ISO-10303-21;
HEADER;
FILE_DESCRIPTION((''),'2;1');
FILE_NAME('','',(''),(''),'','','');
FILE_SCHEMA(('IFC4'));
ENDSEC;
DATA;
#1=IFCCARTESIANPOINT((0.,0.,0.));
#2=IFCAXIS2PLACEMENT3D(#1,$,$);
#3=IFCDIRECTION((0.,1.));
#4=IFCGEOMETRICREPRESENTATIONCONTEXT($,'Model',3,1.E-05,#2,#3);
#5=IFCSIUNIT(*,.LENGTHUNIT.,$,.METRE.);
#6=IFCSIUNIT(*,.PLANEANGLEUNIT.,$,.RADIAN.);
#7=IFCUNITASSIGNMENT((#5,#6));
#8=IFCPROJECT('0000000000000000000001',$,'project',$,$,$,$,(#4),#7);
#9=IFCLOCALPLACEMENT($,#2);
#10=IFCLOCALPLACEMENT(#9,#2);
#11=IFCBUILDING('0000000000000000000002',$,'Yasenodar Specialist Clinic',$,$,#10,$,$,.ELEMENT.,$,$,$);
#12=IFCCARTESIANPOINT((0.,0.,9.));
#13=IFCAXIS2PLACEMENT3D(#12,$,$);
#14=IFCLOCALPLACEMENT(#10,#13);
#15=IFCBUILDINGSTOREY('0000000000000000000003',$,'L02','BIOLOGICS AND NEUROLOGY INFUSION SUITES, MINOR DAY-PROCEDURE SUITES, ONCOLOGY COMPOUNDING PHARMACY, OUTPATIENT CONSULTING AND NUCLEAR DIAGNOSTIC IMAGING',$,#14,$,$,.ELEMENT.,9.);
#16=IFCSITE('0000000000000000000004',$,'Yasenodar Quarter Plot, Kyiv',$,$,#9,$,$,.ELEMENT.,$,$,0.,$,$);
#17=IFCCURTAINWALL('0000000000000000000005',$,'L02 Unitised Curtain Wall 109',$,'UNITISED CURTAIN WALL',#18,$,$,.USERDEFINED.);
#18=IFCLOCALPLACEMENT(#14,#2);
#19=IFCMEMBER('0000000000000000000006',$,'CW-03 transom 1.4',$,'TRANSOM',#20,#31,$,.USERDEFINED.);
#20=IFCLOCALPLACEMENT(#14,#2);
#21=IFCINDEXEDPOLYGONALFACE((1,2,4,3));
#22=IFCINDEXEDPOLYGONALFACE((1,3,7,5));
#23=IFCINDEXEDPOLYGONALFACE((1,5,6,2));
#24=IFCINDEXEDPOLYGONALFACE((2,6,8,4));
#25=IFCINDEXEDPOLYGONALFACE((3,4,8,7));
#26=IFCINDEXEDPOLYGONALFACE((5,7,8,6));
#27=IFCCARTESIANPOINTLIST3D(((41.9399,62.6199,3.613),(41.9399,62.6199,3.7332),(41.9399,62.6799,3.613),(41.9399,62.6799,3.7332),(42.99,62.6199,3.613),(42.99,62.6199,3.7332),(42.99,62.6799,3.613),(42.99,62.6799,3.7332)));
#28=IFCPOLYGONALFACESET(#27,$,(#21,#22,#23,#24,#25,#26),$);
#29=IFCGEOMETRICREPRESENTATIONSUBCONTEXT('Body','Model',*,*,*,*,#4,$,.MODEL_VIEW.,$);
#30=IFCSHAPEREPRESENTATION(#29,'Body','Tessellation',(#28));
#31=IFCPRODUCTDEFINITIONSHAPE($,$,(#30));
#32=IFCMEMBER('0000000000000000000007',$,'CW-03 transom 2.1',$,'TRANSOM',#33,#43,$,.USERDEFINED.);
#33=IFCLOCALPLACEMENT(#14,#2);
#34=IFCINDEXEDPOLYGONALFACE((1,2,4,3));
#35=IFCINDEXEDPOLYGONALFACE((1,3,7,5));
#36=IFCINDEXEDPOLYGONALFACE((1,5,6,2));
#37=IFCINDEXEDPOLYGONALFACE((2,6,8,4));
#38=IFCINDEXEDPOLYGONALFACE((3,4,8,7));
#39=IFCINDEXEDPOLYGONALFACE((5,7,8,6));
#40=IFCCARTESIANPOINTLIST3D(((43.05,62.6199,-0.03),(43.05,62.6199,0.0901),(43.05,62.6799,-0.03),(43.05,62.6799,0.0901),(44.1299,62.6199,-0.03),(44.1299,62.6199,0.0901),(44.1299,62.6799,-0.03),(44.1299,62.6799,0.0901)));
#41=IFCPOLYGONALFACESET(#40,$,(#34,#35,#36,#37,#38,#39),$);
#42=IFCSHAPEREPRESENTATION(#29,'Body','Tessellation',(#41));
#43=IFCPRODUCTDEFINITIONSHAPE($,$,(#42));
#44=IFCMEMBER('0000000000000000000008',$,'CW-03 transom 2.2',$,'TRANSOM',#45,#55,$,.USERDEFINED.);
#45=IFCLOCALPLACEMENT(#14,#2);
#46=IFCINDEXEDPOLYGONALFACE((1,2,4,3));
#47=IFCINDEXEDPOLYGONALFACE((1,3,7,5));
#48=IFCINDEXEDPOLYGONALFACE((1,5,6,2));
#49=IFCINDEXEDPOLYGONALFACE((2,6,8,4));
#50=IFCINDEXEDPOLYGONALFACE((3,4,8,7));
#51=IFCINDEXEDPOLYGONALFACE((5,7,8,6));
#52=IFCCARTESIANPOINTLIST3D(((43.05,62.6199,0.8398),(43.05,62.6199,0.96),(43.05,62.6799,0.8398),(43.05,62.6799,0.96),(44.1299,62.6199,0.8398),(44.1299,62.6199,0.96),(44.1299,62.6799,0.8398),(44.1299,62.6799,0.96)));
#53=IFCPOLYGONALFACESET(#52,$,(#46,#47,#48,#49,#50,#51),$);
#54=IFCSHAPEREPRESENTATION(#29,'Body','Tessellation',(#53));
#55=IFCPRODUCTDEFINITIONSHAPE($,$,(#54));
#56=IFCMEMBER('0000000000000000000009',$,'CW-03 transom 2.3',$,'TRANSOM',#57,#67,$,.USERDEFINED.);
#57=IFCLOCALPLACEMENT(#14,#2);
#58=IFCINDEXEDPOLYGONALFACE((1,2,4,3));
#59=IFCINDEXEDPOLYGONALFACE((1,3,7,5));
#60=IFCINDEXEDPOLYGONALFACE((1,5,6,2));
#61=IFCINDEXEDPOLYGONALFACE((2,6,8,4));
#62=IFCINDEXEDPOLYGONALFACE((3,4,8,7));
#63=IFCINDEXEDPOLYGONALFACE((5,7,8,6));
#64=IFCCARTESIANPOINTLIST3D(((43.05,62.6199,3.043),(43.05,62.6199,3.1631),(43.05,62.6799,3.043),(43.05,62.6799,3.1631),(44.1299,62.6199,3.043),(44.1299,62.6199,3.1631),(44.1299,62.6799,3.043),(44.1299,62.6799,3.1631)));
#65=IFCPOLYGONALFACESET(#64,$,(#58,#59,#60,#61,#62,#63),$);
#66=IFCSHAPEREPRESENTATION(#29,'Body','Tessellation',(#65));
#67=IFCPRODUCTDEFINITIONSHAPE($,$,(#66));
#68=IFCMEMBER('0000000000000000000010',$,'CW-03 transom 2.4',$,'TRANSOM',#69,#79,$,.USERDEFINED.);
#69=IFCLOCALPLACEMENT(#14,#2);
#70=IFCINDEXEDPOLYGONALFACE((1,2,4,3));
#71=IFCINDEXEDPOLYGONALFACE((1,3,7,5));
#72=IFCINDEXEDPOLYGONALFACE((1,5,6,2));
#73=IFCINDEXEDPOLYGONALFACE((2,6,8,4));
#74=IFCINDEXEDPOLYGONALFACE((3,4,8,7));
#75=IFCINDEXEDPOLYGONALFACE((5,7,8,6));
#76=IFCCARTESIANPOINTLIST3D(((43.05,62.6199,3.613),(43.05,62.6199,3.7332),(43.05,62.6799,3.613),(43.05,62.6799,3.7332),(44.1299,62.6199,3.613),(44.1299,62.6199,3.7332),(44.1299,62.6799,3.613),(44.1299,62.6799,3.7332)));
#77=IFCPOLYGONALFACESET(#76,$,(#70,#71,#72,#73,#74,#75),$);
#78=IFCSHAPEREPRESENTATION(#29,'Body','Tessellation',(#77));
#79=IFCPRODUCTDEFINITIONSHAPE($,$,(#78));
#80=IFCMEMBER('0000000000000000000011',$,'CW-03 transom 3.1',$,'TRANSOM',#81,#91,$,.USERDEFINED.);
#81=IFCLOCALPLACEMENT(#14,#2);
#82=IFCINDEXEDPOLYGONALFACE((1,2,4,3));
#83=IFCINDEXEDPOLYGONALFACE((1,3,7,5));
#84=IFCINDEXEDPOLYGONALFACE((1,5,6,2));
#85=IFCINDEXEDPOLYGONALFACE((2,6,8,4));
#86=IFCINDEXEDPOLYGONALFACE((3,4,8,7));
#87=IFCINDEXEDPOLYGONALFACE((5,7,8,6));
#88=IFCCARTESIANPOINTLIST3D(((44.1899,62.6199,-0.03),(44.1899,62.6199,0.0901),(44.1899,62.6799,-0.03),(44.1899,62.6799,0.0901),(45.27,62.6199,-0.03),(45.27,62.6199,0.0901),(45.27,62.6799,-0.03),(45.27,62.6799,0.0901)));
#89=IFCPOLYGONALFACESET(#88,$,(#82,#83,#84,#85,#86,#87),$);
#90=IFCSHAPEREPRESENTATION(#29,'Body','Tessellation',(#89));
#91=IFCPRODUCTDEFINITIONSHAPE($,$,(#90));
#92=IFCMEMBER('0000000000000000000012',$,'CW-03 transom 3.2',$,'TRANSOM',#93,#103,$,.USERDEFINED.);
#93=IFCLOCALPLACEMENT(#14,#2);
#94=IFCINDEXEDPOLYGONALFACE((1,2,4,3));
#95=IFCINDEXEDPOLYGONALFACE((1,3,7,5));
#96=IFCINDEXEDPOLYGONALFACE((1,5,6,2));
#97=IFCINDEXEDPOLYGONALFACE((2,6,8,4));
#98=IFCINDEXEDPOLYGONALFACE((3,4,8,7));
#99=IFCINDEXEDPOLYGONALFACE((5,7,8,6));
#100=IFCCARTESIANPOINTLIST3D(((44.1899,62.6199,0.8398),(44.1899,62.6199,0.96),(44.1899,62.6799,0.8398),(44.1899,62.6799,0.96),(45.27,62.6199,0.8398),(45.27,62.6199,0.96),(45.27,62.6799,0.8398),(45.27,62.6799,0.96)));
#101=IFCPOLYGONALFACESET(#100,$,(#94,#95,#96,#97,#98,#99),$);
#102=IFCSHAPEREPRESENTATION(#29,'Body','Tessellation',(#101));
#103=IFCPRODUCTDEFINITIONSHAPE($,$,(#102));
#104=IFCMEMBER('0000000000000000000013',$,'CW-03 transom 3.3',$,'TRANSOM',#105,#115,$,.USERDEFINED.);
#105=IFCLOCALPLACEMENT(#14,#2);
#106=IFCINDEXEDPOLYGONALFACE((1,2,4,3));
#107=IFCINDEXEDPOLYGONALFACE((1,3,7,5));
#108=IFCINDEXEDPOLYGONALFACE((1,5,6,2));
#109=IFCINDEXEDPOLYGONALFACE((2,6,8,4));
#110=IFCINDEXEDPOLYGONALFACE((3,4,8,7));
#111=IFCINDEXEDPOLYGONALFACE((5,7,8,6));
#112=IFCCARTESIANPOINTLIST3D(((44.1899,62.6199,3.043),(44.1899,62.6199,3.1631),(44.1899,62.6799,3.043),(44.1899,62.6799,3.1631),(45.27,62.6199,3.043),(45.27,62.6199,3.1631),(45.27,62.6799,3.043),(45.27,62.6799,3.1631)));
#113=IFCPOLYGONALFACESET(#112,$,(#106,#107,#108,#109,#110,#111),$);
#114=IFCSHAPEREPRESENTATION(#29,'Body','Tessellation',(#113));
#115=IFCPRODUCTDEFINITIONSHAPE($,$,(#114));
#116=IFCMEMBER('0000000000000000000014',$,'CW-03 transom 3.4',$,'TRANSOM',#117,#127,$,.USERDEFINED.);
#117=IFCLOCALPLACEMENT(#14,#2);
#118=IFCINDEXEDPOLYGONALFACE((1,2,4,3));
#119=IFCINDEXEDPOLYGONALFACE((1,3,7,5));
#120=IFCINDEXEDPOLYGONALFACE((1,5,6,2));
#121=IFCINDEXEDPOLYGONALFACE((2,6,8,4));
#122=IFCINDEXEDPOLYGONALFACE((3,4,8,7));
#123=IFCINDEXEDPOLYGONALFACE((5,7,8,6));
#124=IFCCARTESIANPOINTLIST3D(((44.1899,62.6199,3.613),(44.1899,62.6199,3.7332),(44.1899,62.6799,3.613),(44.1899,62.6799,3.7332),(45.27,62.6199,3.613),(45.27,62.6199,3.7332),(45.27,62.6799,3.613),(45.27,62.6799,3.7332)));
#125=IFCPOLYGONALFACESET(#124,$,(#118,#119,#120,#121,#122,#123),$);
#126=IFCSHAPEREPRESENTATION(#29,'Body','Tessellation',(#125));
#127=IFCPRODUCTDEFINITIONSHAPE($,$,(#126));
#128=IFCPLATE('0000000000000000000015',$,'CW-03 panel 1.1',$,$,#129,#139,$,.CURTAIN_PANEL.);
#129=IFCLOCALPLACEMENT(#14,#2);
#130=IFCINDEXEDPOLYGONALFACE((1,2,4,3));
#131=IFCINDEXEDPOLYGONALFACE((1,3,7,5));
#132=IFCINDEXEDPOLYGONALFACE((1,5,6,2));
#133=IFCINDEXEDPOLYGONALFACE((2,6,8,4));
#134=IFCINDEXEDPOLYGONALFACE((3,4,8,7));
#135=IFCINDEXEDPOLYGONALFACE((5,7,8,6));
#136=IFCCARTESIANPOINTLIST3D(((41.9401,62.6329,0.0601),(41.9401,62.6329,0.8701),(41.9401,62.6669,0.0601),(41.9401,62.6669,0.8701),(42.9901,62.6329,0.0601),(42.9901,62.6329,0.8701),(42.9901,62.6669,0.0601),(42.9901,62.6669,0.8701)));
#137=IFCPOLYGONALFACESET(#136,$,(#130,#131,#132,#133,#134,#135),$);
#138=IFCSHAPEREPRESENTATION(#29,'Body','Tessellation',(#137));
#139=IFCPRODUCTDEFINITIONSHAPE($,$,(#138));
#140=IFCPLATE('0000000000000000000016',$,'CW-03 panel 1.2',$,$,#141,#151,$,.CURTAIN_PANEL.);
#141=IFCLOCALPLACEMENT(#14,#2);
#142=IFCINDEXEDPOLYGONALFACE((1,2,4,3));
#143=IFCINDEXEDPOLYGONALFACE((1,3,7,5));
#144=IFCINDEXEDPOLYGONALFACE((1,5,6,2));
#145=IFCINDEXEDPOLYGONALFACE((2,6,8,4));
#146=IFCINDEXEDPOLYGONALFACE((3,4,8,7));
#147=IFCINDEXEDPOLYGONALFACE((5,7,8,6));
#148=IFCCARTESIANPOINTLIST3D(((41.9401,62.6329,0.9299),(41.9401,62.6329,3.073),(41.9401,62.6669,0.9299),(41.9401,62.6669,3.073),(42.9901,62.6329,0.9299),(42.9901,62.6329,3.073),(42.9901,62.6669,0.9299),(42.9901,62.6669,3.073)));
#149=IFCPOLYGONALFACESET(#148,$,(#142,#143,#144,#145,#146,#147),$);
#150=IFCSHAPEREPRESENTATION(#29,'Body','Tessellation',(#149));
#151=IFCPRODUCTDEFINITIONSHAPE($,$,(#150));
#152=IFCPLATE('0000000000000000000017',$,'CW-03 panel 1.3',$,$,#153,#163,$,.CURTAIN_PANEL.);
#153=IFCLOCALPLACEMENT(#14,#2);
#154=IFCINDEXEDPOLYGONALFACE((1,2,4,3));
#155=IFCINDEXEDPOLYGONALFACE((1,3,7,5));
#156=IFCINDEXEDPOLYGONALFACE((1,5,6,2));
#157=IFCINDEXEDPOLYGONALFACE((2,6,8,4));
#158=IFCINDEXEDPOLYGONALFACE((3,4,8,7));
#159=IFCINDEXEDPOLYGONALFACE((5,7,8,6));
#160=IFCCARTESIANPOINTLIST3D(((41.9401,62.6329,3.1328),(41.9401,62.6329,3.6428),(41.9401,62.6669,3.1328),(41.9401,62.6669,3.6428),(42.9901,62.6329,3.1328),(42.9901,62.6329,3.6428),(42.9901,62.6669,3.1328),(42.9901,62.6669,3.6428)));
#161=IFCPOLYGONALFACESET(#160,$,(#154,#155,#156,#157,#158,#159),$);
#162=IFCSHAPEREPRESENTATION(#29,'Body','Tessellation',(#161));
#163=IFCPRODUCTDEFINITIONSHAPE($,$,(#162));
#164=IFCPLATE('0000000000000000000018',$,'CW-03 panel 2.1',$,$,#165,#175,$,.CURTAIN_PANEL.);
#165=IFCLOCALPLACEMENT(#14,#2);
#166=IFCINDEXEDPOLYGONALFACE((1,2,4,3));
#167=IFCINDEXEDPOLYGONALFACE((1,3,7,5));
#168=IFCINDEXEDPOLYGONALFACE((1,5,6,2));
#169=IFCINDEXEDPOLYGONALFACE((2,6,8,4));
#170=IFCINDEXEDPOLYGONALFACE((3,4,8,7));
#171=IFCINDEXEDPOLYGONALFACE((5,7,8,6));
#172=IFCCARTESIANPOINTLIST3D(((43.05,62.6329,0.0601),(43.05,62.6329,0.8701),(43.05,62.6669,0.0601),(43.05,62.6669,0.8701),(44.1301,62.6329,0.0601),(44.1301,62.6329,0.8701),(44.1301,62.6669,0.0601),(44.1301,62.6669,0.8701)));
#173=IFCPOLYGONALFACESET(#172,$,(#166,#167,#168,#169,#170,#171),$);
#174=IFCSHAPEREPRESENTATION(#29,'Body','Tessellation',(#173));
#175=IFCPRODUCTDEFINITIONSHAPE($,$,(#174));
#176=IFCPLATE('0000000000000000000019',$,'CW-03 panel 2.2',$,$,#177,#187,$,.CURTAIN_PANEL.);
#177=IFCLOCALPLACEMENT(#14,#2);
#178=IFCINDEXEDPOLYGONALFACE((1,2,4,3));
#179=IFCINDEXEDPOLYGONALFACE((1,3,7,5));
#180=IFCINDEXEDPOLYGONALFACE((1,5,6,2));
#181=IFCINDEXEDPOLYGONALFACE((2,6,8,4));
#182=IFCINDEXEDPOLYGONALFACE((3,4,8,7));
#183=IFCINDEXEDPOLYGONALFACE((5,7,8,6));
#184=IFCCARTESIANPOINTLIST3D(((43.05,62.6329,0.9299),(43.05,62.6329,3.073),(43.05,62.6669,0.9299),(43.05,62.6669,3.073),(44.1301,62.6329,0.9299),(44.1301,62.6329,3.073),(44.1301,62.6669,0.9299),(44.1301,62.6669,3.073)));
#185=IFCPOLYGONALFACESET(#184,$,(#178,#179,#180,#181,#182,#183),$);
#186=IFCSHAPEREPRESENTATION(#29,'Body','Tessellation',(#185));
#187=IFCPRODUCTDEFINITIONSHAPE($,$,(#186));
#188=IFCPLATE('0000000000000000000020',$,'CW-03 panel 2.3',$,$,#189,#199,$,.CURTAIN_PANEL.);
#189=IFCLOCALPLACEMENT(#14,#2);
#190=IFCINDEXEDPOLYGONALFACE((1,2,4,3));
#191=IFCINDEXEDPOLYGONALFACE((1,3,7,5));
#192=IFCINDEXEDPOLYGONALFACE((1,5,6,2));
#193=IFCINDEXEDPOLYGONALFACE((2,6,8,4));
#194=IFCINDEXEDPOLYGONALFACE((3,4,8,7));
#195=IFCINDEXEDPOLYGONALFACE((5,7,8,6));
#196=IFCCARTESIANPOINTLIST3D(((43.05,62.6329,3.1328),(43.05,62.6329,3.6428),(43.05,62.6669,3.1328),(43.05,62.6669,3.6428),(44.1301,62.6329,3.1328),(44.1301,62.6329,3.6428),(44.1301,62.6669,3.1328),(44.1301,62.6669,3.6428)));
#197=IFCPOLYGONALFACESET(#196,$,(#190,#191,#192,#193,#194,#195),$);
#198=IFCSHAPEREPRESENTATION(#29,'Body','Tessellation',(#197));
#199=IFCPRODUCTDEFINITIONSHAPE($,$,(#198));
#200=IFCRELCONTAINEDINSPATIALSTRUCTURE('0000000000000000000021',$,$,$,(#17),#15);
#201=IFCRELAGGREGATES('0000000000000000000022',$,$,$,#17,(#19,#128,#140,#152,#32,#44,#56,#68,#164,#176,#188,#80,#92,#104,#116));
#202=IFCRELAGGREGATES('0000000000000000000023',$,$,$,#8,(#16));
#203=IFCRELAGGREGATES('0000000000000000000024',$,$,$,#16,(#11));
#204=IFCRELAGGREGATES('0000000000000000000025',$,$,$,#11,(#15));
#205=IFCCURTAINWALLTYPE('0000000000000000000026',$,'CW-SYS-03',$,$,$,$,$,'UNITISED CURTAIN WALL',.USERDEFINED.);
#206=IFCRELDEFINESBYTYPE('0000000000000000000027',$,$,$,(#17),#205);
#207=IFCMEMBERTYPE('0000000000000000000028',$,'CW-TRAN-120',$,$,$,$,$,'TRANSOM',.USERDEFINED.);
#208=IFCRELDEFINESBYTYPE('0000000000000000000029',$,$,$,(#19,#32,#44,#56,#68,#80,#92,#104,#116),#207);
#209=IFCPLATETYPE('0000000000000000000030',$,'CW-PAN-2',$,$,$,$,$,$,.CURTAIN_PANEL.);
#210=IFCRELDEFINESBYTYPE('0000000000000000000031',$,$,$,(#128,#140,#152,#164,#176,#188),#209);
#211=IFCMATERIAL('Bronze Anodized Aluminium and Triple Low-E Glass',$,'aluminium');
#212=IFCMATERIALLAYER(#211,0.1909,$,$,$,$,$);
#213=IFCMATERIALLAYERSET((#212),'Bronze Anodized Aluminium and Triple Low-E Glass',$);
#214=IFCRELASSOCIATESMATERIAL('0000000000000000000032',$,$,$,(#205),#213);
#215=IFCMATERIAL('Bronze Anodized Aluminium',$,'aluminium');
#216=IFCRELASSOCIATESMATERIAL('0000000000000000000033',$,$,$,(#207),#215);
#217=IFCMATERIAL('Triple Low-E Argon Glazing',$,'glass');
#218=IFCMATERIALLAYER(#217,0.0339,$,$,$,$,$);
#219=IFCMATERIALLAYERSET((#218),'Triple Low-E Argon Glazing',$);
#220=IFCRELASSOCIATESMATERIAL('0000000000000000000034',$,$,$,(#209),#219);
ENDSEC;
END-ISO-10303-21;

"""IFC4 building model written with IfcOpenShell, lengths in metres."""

from ifc_helpers import new_model, si_unit, direction, frame, origin, origin_2d, place, context, subcontext, project, spatial, rectangle, extrude, material, layer, layer_set, material_profile, profile_set, type_object, element, aggregate, save


model = new_model("IFC4")

# Units and contexts
model_context = context("Model", 3, precision=1e-05, world=origin(), true_north=direction((0.0, 1.0)))
body_context = subcontext(model_context, "Body", "Model", "MODEL_VIEW")
ifc_project = project(units=[si_unit("LENGTHUNIT", "METRE"), si_unit("PLANEANGLEUNIT", "RADIAN")], contexts=[model_context])

# Site, building, storey
site_placement = place(None, origin())
site = spatial("IfcSite", under=ifc_project, at=site_placement, Name="Yasenodar Quarter Plot, Kyiv", CompositionType="ELEMENT", RefElevation=0.0)
building_placement = place(site_placement, origin())
building = spatial("IfcBuilding", under=site, at=building_placement, Name="Yasenodar Specialist Clinic", CompositionType="ELEMENT")
storey_placement = place(building_placement, frame((0.0, 0.0, 9.0)))
storey = spatial("IfcBuildingStorey", under=building, at=storey_placement, Name="L02", Description="BIOLOGICS AND NEUROLOGY INFUSION SUITES, MINOR DAY-PROCEDURE SUITES, ONCOLOGY COMPOUNDING PHARMACY, OUTPATIENT CONSULTING AND NUCLEAR DIAGNOSTIC IMAGING", CompositionType="ELEMENT", Elevation=9.0)

# Curtain wall
ifc_material_1 = material(Name="Bronze Anodized Aluminium and Triple Low-E Glass", Category="aluminium")
ifc_layer_1 = layer(ifc_material_1, 0.1909)
ifc_layer_set_1 = layer_set([ifc_layer_1], Name="Bronze Anodized Aluminium and Triple Low-E Glass")
curtain_wall_type = type_object("IfcCurtainWallType", Name="CW-SYS-03", ElementType="UNITISED CURTAIN WALL", PredefinedType="USERDEFINED", material=ifc_layer_set_1)
ifc_material_2 = material(Name="Bronze Anodized Aluminium", Category="aluminium")
curtain_wall_1_placement = place(storey_placement, origin())
curtain_wall_1 = element("IfcCurtainWall", 1, at=curtain_wall_1_placement, inside=storey, type_object=curtain_wall_type, Name="L02 Unitised Curtain Wall 109", ObjectType="UNITISED CURTAIN WALL", PredefinedType="USERDEFINED")

# Members
ifc_material_profile_1 = material_profile(ifc_material_2, rectangle(XDim=0.0601, YDim=0.1201, at=origin_2d()), Name="CW-TRAN 60x120")
ifc_profile_set_1 = profile_set([ifc_material_profile_1], Name="Bronze Anodized Aluminium")
member_type_1 = type_object("IfcMemberType", Name="CW-TRAN-120", ElementType="TRANSOM", PredefinedType="USERDEFINED", material=ifc_profile_set_1)
member_1_placement = place(storey_placement, frame((41.9399, 62.6499, 3.6731), z_axis=(1.0, 0.0, 0.0), x_axis=(0.0, 1.0, 0.0)))
member_1 = element("IfcMember", 2, at=member_1_placement, type_object=member_type_1, Name="CW-03 transom 1.4", ObjectType="TRANSOM", PredefinedType="USERDEFINED", context=body_context, shape_type="SweptSolid", body=[
    extrude(rectangle(XDim=0.0601, YDim=0.1201, at=origin_2d()), origin(), (0.0, 0.0, 1.0), 1.05),
])
member_2_placement = place(storey_placement, frame((43.05, 62.6499, 0.03), z_axis=(1.0, 0.0, 0.0), x_axis=(0.0, 1.0, 0.0)))
member_2 = element("IfcMember", 3, at=member_2_placement, type_object=member_type_1, Name="CW-03 transom 2.1", ObjectType="TRANSOM", PredefinedType="USERDEFINED", context=body_context, shape_type="SweptSolid", body=[
    extrude(rectangle(XDim=0.0601, YDim=0.1201, at=origin_2d()), origin(), (0.0, 0.0, 1.0), 1.0798),
])
member_3_placement = place(storey_placement, frame((43.05, 62.6499, 0.8999), z_axis=(1.0, 0.0, 0.0), x_axis=(0.0, 1.0, 0.0)))
member_3 = element("IfcMember", 4, at=member_3_placement, type_object=member_type_1, Name="CW-03 transom 2.2", ObjectType="TRANSOM", PredefinedType="USERDEFINED", context=body_context, shape_type="SweptSolid", body=[
    extrude(rectangle(XDim=0.0601, YDim=0.1201, at=origin_2d()), origin(), (0.0, 0.0, 1.0), 1.0798),
])
member_4_placement = place(storey_placement, frame((43.05, 62.6499, 3.103), z_axis=(1.0, 0.0, 0.0), x_axis=(0.0, 1.0, 0.0)))
member_4 = element("IfcMember", 5, at=member_4_placement, type_object=member_type_1, Name="CW-03 transom 2.3", ObjectType="TRANSOM", PredefinedType="USERDEFINED", context=body_context, shape_type="SweptSolid", body=[
    extrude(rectangle(XDim=0.0601, YDim=0.1201, at=origin_2d()), origin(), (0.0, 0.0, 1.0), 1.0798),
])
member_5_placement = place(storey_placement, frame((43.05, 62.6499, 3.6731), z_axis=(1.0, 0.0, 0.0), x_axis=(0.0, 1.0, 0.0)))
member_5 = element("IfcMember", 6, at=member_5_placement, type_object=member_type_1, Name="CW-03 transom 2.4", ObjectType="TRANSOM", PredefinedType="USERDEFINED", context=body_context, shape_type="SweptSolid", body=[
    extrude(rectangle(XDim=0.0601, YDim=0.1201, at=origin_2d()), origin(), (0.0, 0.0, 1.0), 1.0798),
])
member_6_placement = place(storey_placement, frame((44.1899, 62.6499, 0.03), z_axis=(1.0, 0.0, 0.0), x_axis=(0.0, 1.0, 0.0)))
member_6 = element("IfcMember", 7, at=member_6_placement, type_object=member_type_1, Name="CW-03 transom 3.1", ObjectType="TRANSOM", PredefinedType="USERDEFINED", context=body_context, shape_type="SweptSolid", body=[
    extrude(rectangle(XDim=0.0601, YDim=0.1201, at=origin_2d()), origin(), (0.0, 0.0, 1.0), 1.0801),
])
member_7_placement = place(storey_placement, frame((44.1899, 62.6499, 0.8999), z_axis=(1.0, 0.0, 0.0), x_axis=(0.0, 1.0, 0.0)))
member_7 = element("IfcMember", 8, at=member_7_placement, type_object=member_type_1, Name="CW-03 transom 3.2", ObjectType="TRANSOM", PredefinedType="USERDEFINED", context=body_context, shape_type="SweptSolid", body=[
    extrude(rectangle(XDim=0.0601, YDim=0.1201, at=origin_2d()), origin(), (0.0, 0.0, 1.0), 1.0801),
])
member_8_placement = place(storey_placement, frame((44.1899, 62.6499, 3.103), z_axis=(1.0, 0.0, 0.0), x_axis=(0.0, 1.0, 0.0)))
member_8 = element("IfcMember", 9, at=member_8_placement, type_object=member_type_1, Name="CW-03 transom 3.3", ObjectType="TRANSOM", PredefinedType="USERDEFINED", context=body_context, shape_type="SweptSolid", body=[
    extrude(rectangle(XDim=0.0601, YDim=0.1201, at=origin_2d()), origin(), (0.0, 0.0, 1.0), 1.0801),
])
member_9_placement = place(storey_placement, frame((44.1899, 62.6499, 3.6731), z_axis=(1.0, 0.0, 0.0), x_axis=(0.0, 1.0, 0.0)))
member_9 = element("IfcMember", 10, at=member_9_placement, type_object=member_type_1, Name="CW-03 transom 3.4", ObjectType="TRANSOM", PredefinedType="USERDEFINED", context=body_context, shape_type="SweptSolid", body=[
    extrude(rectangle(XDim=0.0601, YDim=0.1201, at=origin_2d()), origin(), (0.0, 0.0, 1.0), 1.0801),
])

# Plates
ifc_material_3 = material(Name="Triple Low-E Argon Glazing", Category="glass")
ifc_layer_2 = layer(ifc_material_3, 0.0339)
ifc_layer_set_2 = layer_set([ifc_layer_2], Name="Triple Low-E Argon Glazing")
plate_type_1 = type_object("IfcPlateType", Name="CW-PAN-2", PredefinedType="CURTAIN_PANEL", material=ifc_layer_set_2)
plate_1_placement = place(storey_placement, frame((42.4651, 62.6499, 0.0601), z_axis=(0.0, 0.0, 1.0), x_axis=(1.0, 0.0, 0.0)))
plate_1 = element("IfcPlate", 11, at=plate_1_placement, type_object=plate_type_1, Name="CW-03 panel 1.1", PredefinedType="CURTAIN_PANEL", context=body_context, shape_type="SweptSolid", body=[
    extrude(rectangle(XDim=1.05, YDim=0.0339, at=origin_2d()), origin(), (0.0, 0.0, 1.0), 0.8101),
])
plate_2_placement = place(storey_placement, frame((42.4651, 62.6499, 0.9299), z_axis=(0.0, 0.0, 1.0), x_axis=(1.0, 0.0, 0.0)))
plate_2 = element("IfcPlate", 12, at=plate_2_placement, type_object=plate_type_1, Name="CW-03 panel 1.2", PredefinedType="CURTAIN_PANEL", context=body_context, shape_type="SweptSolid", body=[
    extrude(rectangle(XDim=1.05, YDim=0.0339, at=origin_2d()), origin(), (0.0, 0.0, 1.0), 2.1431),
])
plate_3_placement = place(storey_placement, frame((42.4651, 62.6499, 3.1328), z_axis=(0.0, 0.0, 1.0), x_axis=(1.0, 0.0, 0.0)))
plate_3 = element("IfcPlate", 13, at=plate_3_placement, type_object=plate_type_1, Name="CW-03 panel 1.3", PredefinedType="CURTAIN_PANEL", context=body_context, shape_type="SweptSolid", body=[
    extrude(rectangle(XDim=1.05, YDim=0.0339, at=origin_2d()), origin(), (0.0, 0.0, 1.0), 0.51),
])
plate_4_placement = place(storey_placement, frame((43.5901, 62.6499, 0.0601), z_axis=(0.0, 0.0, 1.0), x_axis=(1.0, 0.0, 0.0)))
plate_4 = element("IfcPlate", 14, at=plate_4_placement, type_object=plate_type_1, Name="CW-03 panel 2.1", PredefinedType="CURTAIN_PANEL", context=body_context, shape_type="SweptSolid", body=[
    extrude(rectangle(XDim=1.0801, YDim=0.0339, at=origin_2d()), origin(), (0.0, 0.0, 1.0), 0.8101),
])
plate_5_placement = place(storey_placement, frame((43.5901, 62.6499, 0.9299), z_axis=(0.0, 0.0, 1.0), x_axis=(1.0, 0.0, 0.0)))
plate_5 = element("IfcPlate", 15, at=plate_5_placement, type_object=plate_type_1, Name="CW-03 panel 2.2", PredefinedType="CURTAIN_PANEL", context=body_context, shape_type="SweptSolid", body=[
    extrude(rectangle(XDim=1.0801, YDim=0.0339, at=origin_2d()), origin(), (0.0, 0.0, 1.0), 2.1431),
])
plate_6_placement = place(storey_placement, frame((43.5901, 62.6499, 3.1328), z_axis=(0.0, 0.0, 1.0), x_axis=(1.0, 0.0, 0.0)))
plate_6 = element("IfcPlate", 16, at=plate_6_placement, type_object=plate_type_1, Name="CW-03 panel 2.3", PredefinedType="CURTAIN_PANEL", context=body_context, shape_type="SweptSolid", body=[
    extrude(rectangle(XDim=1.0801, YDim=0.0339, at=origin_2d()), origin(), (0.0, 0.0, 1.0), 0.51),
])
aggregate(curtain_wall_1, [member_1, plate_1, plate_2, plate_3, member_2, member_3, member_4, member_5, plate_4, plate_5, plate_6, member_6, member_7, member_8, member_9])

save(model, "model.ifc")
